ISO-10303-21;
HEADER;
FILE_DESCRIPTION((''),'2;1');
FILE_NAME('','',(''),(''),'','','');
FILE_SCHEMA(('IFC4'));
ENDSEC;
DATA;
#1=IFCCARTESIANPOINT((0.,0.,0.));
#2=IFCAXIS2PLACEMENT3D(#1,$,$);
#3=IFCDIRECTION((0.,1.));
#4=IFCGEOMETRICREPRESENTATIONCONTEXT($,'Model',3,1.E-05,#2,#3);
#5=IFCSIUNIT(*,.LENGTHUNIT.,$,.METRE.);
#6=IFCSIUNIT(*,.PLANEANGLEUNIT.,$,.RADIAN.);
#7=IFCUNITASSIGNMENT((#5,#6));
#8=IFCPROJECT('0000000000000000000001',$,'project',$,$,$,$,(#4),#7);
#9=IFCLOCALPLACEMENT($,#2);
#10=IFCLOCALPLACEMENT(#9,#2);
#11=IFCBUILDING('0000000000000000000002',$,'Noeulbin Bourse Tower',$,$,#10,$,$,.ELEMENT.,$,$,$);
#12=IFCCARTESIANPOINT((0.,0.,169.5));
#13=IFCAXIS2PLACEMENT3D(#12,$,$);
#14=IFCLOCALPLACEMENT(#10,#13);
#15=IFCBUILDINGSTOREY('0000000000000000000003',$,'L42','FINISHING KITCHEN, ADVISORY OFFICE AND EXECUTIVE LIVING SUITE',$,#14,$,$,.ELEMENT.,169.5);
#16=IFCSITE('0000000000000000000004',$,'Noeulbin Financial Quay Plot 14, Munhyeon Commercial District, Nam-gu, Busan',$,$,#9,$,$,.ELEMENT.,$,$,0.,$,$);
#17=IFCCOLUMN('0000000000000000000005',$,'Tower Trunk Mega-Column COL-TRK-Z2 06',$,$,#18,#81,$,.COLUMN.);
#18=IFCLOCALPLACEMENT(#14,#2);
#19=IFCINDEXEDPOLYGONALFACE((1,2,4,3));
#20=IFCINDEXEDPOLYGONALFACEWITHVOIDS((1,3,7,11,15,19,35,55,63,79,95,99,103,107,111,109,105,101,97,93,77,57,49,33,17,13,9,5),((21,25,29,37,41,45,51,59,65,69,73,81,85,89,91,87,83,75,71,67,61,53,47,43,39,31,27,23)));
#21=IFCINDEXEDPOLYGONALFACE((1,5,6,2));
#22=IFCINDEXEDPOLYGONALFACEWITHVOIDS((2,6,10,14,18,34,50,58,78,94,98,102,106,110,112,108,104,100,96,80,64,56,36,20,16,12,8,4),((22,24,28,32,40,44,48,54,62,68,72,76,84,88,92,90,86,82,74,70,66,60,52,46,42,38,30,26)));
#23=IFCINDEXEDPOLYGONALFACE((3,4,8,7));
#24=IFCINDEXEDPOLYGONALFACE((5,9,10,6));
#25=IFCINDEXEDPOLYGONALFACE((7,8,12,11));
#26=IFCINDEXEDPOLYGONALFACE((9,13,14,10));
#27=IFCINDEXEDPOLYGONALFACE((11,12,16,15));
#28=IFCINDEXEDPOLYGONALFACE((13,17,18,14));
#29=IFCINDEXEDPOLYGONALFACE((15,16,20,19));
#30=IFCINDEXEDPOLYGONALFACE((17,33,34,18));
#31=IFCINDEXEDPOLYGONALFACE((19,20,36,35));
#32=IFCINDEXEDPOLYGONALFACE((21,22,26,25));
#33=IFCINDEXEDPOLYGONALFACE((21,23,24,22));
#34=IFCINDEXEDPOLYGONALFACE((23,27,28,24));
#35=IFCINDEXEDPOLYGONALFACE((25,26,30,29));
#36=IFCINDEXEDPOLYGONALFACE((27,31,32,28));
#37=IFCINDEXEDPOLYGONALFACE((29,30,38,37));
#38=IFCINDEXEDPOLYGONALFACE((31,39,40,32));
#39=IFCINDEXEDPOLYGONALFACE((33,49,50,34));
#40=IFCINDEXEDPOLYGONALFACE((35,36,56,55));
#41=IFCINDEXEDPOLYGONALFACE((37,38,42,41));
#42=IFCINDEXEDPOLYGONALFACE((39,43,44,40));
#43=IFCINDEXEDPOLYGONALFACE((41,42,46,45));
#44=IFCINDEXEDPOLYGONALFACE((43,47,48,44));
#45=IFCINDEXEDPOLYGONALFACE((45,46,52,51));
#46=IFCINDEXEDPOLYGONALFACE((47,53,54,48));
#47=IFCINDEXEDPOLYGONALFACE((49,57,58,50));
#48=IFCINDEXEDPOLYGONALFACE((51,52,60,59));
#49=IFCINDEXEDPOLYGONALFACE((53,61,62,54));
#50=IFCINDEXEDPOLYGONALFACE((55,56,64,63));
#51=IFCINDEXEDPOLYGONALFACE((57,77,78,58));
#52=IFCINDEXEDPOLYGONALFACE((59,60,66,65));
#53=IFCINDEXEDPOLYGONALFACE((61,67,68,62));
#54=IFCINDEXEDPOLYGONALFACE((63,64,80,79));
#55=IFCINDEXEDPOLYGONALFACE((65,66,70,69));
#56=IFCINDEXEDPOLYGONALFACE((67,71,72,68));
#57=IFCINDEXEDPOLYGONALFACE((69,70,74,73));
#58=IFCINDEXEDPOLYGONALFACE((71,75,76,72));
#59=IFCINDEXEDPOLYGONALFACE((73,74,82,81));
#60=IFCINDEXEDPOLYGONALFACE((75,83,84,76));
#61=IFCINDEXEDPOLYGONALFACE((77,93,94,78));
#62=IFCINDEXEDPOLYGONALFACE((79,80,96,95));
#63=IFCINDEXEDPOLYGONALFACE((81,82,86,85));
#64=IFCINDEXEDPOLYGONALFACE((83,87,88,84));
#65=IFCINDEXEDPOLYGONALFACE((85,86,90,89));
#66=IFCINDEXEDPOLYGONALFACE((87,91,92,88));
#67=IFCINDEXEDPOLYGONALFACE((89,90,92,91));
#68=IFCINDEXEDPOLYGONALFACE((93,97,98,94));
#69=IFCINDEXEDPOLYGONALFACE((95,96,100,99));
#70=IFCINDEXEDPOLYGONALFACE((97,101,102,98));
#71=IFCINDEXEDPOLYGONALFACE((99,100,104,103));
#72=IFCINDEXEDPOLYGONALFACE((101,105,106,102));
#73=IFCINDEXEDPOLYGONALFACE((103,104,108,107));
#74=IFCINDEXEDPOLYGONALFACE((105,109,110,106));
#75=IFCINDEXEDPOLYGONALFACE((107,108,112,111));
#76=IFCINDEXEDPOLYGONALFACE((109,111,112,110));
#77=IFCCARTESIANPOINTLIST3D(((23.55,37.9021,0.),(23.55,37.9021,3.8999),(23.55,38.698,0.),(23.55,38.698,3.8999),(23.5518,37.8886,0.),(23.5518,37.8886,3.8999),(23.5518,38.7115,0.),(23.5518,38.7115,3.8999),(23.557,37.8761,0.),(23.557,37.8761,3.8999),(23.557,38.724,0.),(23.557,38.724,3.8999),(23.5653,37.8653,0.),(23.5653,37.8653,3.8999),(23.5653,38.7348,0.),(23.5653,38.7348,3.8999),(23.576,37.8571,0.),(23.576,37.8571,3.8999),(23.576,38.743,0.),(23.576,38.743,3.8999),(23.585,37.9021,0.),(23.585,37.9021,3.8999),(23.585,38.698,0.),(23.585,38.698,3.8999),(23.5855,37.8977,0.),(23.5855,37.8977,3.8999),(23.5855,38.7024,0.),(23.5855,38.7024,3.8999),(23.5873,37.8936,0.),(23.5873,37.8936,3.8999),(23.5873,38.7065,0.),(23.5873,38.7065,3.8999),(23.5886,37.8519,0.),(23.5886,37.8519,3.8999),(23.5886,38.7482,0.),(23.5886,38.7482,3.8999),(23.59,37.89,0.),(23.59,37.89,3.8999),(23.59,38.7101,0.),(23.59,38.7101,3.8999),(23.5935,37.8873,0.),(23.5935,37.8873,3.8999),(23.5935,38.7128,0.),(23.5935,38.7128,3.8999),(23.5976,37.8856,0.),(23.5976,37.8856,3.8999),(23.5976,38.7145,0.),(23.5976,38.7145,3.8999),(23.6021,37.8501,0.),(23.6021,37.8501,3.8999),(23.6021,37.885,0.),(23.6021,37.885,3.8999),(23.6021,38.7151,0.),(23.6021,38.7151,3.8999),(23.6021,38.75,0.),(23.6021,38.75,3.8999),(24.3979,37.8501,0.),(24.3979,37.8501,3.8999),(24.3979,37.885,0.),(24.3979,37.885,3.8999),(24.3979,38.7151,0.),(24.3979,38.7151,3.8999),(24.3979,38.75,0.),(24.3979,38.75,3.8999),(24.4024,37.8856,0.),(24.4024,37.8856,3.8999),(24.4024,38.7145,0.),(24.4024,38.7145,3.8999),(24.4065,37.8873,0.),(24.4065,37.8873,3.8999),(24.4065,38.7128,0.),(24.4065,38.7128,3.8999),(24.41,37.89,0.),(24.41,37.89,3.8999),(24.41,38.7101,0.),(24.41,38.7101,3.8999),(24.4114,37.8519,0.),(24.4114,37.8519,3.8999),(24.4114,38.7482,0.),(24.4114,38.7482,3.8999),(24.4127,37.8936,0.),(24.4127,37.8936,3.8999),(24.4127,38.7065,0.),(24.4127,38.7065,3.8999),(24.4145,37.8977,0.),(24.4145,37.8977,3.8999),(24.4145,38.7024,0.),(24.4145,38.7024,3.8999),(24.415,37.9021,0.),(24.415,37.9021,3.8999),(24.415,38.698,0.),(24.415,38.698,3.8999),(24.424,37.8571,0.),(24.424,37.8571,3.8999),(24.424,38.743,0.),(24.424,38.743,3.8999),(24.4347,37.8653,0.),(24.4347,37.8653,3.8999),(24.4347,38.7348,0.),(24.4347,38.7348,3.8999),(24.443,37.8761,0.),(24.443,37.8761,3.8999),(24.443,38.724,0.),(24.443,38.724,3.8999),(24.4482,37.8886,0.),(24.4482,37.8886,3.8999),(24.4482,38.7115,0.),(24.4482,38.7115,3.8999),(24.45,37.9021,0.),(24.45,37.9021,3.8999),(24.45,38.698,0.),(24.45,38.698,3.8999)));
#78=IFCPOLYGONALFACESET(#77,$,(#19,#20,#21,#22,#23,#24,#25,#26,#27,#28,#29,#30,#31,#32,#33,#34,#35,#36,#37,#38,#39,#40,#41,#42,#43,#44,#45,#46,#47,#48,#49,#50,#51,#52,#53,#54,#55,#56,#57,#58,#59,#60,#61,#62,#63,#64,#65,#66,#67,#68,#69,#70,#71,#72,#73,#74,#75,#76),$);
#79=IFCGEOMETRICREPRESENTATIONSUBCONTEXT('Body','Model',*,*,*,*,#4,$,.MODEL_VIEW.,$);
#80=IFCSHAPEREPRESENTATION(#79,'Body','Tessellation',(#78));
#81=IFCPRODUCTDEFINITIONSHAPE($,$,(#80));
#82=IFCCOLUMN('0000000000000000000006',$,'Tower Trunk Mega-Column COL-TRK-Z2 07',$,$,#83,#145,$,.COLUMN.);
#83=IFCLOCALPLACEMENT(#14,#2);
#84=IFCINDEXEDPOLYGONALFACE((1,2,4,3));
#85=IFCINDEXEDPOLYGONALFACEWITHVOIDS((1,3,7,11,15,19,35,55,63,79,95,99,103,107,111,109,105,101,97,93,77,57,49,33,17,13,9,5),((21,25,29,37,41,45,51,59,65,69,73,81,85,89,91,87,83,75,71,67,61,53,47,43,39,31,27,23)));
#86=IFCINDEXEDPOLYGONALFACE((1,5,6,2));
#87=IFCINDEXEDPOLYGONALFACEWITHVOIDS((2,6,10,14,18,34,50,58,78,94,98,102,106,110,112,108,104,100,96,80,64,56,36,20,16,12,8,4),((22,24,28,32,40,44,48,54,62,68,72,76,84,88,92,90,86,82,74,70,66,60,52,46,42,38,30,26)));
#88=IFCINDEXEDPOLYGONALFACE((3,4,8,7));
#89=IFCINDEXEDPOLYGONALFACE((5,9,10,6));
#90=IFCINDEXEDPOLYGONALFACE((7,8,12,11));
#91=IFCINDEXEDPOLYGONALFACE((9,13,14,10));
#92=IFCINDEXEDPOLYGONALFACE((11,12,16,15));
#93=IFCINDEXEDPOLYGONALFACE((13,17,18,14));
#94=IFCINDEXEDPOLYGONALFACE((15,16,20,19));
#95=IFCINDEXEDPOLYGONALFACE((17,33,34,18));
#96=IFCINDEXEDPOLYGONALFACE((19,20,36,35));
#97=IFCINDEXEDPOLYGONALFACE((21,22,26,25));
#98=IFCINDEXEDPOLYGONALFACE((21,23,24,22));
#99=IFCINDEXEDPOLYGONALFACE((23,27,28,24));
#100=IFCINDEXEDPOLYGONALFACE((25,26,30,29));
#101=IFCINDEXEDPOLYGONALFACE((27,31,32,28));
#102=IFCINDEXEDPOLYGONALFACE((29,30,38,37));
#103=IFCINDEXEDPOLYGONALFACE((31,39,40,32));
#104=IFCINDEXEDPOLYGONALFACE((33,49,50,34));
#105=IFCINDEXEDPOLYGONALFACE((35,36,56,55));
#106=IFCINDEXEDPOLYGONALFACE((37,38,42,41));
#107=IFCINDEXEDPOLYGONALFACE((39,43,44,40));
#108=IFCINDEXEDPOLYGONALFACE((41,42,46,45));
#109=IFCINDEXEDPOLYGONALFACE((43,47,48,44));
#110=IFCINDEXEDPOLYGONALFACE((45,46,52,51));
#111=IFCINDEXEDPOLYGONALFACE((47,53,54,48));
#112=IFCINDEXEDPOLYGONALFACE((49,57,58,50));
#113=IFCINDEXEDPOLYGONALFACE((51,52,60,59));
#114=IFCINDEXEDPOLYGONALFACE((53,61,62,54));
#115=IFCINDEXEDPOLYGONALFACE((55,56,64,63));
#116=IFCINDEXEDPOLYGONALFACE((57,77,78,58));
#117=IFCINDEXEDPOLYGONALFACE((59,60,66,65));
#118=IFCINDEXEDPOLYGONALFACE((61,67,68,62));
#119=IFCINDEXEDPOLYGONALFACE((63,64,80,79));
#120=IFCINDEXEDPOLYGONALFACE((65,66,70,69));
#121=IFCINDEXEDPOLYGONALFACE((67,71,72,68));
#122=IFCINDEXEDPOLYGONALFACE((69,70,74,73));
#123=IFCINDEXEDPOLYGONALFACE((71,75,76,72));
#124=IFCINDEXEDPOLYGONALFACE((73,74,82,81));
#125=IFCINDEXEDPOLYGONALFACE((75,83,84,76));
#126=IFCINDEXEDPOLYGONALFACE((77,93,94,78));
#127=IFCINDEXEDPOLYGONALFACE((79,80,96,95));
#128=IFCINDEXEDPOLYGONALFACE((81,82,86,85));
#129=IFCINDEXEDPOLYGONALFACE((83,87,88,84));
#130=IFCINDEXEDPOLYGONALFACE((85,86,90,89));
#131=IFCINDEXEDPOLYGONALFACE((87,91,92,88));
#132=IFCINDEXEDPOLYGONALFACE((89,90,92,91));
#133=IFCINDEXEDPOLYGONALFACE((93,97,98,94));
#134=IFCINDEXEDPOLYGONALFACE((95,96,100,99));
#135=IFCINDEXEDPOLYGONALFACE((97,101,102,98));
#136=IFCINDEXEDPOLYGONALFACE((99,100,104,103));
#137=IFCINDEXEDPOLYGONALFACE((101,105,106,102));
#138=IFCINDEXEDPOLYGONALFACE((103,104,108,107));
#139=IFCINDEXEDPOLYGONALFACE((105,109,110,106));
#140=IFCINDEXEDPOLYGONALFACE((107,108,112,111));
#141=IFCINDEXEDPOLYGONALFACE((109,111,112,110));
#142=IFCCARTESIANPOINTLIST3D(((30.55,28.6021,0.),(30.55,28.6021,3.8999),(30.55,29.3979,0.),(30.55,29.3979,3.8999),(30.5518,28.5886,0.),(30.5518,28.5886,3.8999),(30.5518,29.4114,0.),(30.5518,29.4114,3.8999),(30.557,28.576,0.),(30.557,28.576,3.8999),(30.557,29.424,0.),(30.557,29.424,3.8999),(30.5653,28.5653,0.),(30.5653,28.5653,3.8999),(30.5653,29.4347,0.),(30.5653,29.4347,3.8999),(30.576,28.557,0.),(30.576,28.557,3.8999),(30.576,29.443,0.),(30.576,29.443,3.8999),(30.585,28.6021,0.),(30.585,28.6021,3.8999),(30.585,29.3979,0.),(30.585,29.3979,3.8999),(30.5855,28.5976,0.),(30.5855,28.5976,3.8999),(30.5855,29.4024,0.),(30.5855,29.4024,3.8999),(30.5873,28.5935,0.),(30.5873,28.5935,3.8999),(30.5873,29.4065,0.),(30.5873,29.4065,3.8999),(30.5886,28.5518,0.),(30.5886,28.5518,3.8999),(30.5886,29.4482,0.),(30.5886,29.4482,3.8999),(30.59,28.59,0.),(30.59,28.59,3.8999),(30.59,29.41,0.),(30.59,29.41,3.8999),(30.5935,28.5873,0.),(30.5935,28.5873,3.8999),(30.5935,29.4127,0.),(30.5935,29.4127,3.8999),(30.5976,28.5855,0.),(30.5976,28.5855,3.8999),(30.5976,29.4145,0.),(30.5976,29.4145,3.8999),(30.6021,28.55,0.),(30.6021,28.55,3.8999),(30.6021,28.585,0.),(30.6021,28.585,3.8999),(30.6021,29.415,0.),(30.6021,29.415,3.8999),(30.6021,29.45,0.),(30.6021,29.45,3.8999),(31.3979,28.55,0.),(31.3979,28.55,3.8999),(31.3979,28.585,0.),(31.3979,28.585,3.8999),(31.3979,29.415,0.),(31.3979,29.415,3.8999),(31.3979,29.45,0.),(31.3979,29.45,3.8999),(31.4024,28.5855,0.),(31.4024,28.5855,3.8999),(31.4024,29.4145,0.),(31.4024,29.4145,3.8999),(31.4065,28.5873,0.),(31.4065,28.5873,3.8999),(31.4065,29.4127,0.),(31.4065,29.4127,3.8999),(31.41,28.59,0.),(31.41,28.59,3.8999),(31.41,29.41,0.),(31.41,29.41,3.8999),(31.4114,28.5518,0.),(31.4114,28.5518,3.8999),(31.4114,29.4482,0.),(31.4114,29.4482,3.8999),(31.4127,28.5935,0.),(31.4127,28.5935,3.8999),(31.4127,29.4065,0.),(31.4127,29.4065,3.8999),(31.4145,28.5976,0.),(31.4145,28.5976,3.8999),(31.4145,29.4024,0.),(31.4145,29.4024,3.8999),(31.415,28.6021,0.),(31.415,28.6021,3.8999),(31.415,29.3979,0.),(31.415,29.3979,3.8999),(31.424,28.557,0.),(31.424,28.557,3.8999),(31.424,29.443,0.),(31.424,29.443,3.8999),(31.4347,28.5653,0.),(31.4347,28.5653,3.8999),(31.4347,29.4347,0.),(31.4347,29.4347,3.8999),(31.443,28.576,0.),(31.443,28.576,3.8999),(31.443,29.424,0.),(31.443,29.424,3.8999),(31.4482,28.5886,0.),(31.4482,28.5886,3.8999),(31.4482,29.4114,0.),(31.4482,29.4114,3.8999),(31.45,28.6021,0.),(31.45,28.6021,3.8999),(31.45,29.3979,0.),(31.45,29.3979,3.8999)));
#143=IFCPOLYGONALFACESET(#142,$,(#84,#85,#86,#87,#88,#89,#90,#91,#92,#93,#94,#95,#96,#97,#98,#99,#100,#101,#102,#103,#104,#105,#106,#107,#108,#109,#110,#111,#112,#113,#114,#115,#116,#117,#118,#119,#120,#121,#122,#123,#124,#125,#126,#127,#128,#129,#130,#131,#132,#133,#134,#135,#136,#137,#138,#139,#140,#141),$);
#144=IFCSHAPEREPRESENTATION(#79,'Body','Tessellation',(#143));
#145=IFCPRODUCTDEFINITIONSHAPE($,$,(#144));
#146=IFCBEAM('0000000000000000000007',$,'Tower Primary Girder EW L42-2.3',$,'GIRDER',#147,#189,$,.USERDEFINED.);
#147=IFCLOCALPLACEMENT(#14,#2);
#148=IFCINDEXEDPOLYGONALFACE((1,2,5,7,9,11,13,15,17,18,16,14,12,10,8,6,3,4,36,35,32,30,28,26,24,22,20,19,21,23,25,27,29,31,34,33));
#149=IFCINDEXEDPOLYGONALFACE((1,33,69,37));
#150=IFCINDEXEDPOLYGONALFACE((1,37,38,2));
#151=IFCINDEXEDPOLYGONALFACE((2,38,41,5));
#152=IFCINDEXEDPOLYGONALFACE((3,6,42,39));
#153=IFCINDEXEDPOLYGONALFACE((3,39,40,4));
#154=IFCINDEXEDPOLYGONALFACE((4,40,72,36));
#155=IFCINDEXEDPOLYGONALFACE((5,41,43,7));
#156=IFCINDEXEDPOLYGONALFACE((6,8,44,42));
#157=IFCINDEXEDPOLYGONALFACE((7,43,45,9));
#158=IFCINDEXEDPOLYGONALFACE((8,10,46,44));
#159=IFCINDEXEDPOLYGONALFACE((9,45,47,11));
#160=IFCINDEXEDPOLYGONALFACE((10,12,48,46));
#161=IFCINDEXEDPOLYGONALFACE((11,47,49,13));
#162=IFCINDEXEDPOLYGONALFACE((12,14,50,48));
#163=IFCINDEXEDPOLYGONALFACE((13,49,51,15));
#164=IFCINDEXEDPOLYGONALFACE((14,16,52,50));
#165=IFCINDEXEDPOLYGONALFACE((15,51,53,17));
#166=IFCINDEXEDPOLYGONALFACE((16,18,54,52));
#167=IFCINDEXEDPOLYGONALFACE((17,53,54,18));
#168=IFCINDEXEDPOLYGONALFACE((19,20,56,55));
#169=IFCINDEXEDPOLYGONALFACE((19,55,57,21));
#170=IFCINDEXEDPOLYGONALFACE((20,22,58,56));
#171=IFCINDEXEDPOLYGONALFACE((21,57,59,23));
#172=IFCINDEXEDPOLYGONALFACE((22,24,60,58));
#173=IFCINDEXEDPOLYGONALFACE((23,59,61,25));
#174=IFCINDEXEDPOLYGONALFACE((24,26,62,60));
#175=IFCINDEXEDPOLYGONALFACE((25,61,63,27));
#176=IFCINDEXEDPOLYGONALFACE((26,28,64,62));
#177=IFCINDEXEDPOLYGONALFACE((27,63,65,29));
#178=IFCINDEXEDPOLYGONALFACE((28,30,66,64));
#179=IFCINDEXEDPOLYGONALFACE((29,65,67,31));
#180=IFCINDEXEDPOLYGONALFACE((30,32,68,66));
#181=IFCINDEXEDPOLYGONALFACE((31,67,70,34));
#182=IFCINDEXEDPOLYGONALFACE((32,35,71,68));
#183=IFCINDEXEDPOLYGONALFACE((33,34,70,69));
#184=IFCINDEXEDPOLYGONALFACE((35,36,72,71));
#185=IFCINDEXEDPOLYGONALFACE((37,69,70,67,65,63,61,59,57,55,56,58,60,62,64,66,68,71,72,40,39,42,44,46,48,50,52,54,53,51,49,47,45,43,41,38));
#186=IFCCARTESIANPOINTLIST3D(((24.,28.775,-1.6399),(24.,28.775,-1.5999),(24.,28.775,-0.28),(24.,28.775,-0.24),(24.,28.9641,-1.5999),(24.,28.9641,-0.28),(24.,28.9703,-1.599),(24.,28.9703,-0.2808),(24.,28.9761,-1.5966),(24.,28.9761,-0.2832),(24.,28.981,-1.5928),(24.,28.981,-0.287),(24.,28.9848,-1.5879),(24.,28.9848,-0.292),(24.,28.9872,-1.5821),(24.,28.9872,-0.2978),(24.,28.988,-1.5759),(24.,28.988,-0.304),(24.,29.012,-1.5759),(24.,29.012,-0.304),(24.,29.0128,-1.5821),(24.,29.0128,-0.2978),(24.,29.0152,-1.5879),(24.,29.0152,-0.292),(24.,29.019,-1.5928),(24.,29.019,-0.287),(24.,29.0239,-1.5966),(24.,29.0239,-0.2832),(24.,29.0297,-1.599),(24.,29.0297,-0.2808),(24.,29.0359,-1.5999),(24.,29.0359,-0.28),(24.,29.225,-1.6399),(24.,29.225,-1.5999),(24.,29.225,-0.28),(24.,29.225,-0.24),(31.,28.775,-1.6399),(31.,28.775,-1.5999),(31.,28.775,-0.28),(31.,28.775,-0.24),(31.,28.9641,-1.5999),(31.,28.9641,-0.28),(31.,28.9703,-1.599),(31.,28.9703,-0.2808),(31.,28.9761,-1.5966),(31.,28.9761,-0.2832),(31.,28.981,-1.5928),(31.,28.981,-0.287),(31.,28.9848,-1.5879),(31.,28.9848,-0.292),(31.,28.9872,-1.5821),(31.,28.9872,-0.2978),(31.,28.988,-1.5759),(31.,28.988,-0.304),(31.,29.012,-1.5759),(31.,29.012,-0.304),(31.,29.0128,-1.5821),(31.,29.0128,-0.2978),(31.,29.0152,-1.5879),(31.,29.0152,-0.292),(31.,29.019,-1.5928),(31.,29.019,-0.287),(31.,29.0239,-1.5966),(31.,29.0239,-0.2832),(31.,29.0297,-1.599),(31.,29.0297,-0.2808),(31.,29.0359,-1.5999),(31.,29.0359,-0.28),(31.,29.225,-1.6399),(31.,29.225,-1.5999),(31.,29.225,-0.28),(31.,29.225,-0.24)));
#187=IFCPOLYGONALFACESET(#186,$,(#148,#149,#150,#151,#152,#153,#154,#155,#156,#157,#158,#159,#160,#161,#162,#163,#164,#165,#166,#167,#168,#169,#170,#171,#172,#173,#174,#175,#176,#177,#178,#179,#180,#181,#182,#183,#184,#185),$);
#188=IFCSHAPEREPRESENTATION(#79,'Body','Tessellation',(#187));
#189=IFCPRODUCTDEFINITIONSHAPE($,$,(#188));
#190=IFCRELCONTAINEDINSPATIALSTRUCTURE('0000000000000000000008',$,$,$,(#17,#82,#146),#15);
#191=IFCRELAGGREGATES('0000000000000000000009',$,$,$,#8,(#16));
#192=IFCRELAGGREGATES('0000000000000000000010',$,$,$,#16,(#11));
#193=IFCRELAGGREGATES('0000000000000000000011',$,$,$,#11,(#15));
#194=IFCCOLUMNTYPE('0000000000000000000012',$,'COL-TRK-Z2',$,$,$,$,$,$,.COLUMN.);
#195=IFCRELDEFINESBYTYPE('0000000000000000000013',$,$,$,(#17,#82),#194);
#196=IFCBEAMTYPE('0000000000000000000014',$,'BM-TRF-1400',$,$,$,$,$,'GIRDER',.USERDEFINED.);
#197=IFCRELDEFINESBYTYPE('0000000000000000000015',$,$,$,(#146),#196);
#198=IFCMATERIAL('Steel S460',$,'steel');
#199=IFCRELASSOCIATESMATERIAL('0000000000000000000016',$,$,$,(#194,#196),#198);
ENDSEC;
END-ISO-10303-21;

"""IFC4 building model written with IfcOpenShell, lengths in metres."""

from ifc_helpers import new_model, si_unit, direction, frame, origin, origin_2d, place, context, subcontext, project, spatial, hollow_rectangle, i_section, extrude, material, material_profile, profile_set, type_object, element, save


model = new_model("IFC4")

# Units and contexts
model_context = context("Model", 3, precision=1e-05, world=origin(), true_north=direction((0.0, 1.0)))
body_context = subcontext(model_context, "Body", "Model", "MODEL_VIEW")
ifc_project = project(units=[si_unit("LENGTHUNIT", "METRE"), si_unit("PLANEANGLEUNIT", "RADIAN")], contexts=[model_context])

# Site, building, storey
site_placement = place(None, origin())
site = spatial("IfcSite", under=ifc_project, at=site_placement, Name="Noeulbin Financial Quay Plot 14, Munhyeon Commercial District, Nam-gu, Busan", CompositionType="ELEMENT", RefElevation=0.0)
building_placement = place(site_placement, origin())
building = spatial("IfcBuilding", under=site, at=building_placement, Name="Noeulbin Bourse Tower", CompositionType="ELEMENT")
storey_placement = place(building_placement, frame((0.0, 0.0, 169.5)))
storey = spatial("IfcBuildingStorey", under=building, at=storey_placement, Name="L42", Description="FINISHING KITCHEN, ADVISORY OFFICE AND EXECUTIVE LIVING SUITE", CompositionType="ELEMENT", Elevation=169.5)

# Columns
ifc_material_1 = material(Name="Steel S460", Category="steel")
ifc_material_profile_1 = material_profile(ifc_material_1, hollow_rectangle(XDim=0.8999, YDim=0.8999, WallThickness=0.0349, InnerFilletRadius=0.0171, OuterFilletRadius=0.052, at=origin_2d()), Name="BOX-900x900x35", Category="LoadBearing")
ifc_profile_set_1 = profile_set([ifc_material_profile_1], Name="Steel S460")
column_type = type_object("IfcColumnType", Name="COL-TRK-Z2", PredefinedType="COLUMN", material=ifc_profile_set_1)
for number, where, z_axis, x_axis, name in (
    (1, (24.0, 38.3, 0.0), (0.0, 0.0, 1.0), (1.0, 0.0, 0.0), "Tower Trunk Mega-Column COL-TRK-Z2 06"),
    (2, (31.0, 29.0, 0.0), (0.0, 0.0, 1.0), (1.0, 0.0, 0.0), "Tower Trunk Mega-Column COL-TRK-Z2 07"),
):
    element("IfcColumn", number, at=place(storey_placement, frame(where, z_axis=z_axis, x_axis=x_axis)), inside=storey, type_object=column_type, Name=name, PredefinedType="COLUMN", context=body_context, shape_type="SweptSolid", body=[
        extrude(hollow_rectangle(XDim=0.8999, YDim=0.8999, WallThickness=0.0349, InnerFilletRadius=0.0171, OuterFilletRadius=0.052, at=origin_2d()), origin(), (0.0, 0.0, 1.0), 3.8999),
    ])

# Beam
ifc_material_profile_2 = material_profile(ifc_material_1, i_section(OverallWidth=0.45, OverallDepth=1.3999, WebThickness=0.0239, FlangeThickness=0.04, FilletRadius=0.0239, at=origin_2d()), Name="PG-1400x450x24x40", Category="LoadBearing")
ifc_profile_set_2 = profile_set([ifc_material_profile_2], Name="Steel S460")
beam_type = type_object("IfcBeamType", Name="BM-TRF-1400", ElementType="GIRDER", PredefinedType="USERDEFINED", material=ifc_profile_set_2)
for number, where, z_axis, x_axis, name in (
    (3, (24.0, 29.0, -0.9399), (1.0, 0.0, 0.0), (0.0, 1.0, 0.0), "Tower Primary Girder EW L42-2.3"),
):
    element("IfcBeam", number, at=place(storey_placement, frame(where, z_axis=z_axis, x_axis=x_axis)), inside=storey, type_object=beam_type, Name=name, ObjectType="GIRDER", PredefinedType="USERDEFINED", context=body_context, shape_type="SweptSolid", body=[
        extrude(i_section(OverallWidth=0.45, OverallDepth=1.3999, WebThickness=0.0239, FlangeThickness=0.04, FilletRadius=0.0239, at=origin_2d()), origin(), (0.0, 0.0, 1.0), 7.0),
    ])

save(model, "model.ifc")
